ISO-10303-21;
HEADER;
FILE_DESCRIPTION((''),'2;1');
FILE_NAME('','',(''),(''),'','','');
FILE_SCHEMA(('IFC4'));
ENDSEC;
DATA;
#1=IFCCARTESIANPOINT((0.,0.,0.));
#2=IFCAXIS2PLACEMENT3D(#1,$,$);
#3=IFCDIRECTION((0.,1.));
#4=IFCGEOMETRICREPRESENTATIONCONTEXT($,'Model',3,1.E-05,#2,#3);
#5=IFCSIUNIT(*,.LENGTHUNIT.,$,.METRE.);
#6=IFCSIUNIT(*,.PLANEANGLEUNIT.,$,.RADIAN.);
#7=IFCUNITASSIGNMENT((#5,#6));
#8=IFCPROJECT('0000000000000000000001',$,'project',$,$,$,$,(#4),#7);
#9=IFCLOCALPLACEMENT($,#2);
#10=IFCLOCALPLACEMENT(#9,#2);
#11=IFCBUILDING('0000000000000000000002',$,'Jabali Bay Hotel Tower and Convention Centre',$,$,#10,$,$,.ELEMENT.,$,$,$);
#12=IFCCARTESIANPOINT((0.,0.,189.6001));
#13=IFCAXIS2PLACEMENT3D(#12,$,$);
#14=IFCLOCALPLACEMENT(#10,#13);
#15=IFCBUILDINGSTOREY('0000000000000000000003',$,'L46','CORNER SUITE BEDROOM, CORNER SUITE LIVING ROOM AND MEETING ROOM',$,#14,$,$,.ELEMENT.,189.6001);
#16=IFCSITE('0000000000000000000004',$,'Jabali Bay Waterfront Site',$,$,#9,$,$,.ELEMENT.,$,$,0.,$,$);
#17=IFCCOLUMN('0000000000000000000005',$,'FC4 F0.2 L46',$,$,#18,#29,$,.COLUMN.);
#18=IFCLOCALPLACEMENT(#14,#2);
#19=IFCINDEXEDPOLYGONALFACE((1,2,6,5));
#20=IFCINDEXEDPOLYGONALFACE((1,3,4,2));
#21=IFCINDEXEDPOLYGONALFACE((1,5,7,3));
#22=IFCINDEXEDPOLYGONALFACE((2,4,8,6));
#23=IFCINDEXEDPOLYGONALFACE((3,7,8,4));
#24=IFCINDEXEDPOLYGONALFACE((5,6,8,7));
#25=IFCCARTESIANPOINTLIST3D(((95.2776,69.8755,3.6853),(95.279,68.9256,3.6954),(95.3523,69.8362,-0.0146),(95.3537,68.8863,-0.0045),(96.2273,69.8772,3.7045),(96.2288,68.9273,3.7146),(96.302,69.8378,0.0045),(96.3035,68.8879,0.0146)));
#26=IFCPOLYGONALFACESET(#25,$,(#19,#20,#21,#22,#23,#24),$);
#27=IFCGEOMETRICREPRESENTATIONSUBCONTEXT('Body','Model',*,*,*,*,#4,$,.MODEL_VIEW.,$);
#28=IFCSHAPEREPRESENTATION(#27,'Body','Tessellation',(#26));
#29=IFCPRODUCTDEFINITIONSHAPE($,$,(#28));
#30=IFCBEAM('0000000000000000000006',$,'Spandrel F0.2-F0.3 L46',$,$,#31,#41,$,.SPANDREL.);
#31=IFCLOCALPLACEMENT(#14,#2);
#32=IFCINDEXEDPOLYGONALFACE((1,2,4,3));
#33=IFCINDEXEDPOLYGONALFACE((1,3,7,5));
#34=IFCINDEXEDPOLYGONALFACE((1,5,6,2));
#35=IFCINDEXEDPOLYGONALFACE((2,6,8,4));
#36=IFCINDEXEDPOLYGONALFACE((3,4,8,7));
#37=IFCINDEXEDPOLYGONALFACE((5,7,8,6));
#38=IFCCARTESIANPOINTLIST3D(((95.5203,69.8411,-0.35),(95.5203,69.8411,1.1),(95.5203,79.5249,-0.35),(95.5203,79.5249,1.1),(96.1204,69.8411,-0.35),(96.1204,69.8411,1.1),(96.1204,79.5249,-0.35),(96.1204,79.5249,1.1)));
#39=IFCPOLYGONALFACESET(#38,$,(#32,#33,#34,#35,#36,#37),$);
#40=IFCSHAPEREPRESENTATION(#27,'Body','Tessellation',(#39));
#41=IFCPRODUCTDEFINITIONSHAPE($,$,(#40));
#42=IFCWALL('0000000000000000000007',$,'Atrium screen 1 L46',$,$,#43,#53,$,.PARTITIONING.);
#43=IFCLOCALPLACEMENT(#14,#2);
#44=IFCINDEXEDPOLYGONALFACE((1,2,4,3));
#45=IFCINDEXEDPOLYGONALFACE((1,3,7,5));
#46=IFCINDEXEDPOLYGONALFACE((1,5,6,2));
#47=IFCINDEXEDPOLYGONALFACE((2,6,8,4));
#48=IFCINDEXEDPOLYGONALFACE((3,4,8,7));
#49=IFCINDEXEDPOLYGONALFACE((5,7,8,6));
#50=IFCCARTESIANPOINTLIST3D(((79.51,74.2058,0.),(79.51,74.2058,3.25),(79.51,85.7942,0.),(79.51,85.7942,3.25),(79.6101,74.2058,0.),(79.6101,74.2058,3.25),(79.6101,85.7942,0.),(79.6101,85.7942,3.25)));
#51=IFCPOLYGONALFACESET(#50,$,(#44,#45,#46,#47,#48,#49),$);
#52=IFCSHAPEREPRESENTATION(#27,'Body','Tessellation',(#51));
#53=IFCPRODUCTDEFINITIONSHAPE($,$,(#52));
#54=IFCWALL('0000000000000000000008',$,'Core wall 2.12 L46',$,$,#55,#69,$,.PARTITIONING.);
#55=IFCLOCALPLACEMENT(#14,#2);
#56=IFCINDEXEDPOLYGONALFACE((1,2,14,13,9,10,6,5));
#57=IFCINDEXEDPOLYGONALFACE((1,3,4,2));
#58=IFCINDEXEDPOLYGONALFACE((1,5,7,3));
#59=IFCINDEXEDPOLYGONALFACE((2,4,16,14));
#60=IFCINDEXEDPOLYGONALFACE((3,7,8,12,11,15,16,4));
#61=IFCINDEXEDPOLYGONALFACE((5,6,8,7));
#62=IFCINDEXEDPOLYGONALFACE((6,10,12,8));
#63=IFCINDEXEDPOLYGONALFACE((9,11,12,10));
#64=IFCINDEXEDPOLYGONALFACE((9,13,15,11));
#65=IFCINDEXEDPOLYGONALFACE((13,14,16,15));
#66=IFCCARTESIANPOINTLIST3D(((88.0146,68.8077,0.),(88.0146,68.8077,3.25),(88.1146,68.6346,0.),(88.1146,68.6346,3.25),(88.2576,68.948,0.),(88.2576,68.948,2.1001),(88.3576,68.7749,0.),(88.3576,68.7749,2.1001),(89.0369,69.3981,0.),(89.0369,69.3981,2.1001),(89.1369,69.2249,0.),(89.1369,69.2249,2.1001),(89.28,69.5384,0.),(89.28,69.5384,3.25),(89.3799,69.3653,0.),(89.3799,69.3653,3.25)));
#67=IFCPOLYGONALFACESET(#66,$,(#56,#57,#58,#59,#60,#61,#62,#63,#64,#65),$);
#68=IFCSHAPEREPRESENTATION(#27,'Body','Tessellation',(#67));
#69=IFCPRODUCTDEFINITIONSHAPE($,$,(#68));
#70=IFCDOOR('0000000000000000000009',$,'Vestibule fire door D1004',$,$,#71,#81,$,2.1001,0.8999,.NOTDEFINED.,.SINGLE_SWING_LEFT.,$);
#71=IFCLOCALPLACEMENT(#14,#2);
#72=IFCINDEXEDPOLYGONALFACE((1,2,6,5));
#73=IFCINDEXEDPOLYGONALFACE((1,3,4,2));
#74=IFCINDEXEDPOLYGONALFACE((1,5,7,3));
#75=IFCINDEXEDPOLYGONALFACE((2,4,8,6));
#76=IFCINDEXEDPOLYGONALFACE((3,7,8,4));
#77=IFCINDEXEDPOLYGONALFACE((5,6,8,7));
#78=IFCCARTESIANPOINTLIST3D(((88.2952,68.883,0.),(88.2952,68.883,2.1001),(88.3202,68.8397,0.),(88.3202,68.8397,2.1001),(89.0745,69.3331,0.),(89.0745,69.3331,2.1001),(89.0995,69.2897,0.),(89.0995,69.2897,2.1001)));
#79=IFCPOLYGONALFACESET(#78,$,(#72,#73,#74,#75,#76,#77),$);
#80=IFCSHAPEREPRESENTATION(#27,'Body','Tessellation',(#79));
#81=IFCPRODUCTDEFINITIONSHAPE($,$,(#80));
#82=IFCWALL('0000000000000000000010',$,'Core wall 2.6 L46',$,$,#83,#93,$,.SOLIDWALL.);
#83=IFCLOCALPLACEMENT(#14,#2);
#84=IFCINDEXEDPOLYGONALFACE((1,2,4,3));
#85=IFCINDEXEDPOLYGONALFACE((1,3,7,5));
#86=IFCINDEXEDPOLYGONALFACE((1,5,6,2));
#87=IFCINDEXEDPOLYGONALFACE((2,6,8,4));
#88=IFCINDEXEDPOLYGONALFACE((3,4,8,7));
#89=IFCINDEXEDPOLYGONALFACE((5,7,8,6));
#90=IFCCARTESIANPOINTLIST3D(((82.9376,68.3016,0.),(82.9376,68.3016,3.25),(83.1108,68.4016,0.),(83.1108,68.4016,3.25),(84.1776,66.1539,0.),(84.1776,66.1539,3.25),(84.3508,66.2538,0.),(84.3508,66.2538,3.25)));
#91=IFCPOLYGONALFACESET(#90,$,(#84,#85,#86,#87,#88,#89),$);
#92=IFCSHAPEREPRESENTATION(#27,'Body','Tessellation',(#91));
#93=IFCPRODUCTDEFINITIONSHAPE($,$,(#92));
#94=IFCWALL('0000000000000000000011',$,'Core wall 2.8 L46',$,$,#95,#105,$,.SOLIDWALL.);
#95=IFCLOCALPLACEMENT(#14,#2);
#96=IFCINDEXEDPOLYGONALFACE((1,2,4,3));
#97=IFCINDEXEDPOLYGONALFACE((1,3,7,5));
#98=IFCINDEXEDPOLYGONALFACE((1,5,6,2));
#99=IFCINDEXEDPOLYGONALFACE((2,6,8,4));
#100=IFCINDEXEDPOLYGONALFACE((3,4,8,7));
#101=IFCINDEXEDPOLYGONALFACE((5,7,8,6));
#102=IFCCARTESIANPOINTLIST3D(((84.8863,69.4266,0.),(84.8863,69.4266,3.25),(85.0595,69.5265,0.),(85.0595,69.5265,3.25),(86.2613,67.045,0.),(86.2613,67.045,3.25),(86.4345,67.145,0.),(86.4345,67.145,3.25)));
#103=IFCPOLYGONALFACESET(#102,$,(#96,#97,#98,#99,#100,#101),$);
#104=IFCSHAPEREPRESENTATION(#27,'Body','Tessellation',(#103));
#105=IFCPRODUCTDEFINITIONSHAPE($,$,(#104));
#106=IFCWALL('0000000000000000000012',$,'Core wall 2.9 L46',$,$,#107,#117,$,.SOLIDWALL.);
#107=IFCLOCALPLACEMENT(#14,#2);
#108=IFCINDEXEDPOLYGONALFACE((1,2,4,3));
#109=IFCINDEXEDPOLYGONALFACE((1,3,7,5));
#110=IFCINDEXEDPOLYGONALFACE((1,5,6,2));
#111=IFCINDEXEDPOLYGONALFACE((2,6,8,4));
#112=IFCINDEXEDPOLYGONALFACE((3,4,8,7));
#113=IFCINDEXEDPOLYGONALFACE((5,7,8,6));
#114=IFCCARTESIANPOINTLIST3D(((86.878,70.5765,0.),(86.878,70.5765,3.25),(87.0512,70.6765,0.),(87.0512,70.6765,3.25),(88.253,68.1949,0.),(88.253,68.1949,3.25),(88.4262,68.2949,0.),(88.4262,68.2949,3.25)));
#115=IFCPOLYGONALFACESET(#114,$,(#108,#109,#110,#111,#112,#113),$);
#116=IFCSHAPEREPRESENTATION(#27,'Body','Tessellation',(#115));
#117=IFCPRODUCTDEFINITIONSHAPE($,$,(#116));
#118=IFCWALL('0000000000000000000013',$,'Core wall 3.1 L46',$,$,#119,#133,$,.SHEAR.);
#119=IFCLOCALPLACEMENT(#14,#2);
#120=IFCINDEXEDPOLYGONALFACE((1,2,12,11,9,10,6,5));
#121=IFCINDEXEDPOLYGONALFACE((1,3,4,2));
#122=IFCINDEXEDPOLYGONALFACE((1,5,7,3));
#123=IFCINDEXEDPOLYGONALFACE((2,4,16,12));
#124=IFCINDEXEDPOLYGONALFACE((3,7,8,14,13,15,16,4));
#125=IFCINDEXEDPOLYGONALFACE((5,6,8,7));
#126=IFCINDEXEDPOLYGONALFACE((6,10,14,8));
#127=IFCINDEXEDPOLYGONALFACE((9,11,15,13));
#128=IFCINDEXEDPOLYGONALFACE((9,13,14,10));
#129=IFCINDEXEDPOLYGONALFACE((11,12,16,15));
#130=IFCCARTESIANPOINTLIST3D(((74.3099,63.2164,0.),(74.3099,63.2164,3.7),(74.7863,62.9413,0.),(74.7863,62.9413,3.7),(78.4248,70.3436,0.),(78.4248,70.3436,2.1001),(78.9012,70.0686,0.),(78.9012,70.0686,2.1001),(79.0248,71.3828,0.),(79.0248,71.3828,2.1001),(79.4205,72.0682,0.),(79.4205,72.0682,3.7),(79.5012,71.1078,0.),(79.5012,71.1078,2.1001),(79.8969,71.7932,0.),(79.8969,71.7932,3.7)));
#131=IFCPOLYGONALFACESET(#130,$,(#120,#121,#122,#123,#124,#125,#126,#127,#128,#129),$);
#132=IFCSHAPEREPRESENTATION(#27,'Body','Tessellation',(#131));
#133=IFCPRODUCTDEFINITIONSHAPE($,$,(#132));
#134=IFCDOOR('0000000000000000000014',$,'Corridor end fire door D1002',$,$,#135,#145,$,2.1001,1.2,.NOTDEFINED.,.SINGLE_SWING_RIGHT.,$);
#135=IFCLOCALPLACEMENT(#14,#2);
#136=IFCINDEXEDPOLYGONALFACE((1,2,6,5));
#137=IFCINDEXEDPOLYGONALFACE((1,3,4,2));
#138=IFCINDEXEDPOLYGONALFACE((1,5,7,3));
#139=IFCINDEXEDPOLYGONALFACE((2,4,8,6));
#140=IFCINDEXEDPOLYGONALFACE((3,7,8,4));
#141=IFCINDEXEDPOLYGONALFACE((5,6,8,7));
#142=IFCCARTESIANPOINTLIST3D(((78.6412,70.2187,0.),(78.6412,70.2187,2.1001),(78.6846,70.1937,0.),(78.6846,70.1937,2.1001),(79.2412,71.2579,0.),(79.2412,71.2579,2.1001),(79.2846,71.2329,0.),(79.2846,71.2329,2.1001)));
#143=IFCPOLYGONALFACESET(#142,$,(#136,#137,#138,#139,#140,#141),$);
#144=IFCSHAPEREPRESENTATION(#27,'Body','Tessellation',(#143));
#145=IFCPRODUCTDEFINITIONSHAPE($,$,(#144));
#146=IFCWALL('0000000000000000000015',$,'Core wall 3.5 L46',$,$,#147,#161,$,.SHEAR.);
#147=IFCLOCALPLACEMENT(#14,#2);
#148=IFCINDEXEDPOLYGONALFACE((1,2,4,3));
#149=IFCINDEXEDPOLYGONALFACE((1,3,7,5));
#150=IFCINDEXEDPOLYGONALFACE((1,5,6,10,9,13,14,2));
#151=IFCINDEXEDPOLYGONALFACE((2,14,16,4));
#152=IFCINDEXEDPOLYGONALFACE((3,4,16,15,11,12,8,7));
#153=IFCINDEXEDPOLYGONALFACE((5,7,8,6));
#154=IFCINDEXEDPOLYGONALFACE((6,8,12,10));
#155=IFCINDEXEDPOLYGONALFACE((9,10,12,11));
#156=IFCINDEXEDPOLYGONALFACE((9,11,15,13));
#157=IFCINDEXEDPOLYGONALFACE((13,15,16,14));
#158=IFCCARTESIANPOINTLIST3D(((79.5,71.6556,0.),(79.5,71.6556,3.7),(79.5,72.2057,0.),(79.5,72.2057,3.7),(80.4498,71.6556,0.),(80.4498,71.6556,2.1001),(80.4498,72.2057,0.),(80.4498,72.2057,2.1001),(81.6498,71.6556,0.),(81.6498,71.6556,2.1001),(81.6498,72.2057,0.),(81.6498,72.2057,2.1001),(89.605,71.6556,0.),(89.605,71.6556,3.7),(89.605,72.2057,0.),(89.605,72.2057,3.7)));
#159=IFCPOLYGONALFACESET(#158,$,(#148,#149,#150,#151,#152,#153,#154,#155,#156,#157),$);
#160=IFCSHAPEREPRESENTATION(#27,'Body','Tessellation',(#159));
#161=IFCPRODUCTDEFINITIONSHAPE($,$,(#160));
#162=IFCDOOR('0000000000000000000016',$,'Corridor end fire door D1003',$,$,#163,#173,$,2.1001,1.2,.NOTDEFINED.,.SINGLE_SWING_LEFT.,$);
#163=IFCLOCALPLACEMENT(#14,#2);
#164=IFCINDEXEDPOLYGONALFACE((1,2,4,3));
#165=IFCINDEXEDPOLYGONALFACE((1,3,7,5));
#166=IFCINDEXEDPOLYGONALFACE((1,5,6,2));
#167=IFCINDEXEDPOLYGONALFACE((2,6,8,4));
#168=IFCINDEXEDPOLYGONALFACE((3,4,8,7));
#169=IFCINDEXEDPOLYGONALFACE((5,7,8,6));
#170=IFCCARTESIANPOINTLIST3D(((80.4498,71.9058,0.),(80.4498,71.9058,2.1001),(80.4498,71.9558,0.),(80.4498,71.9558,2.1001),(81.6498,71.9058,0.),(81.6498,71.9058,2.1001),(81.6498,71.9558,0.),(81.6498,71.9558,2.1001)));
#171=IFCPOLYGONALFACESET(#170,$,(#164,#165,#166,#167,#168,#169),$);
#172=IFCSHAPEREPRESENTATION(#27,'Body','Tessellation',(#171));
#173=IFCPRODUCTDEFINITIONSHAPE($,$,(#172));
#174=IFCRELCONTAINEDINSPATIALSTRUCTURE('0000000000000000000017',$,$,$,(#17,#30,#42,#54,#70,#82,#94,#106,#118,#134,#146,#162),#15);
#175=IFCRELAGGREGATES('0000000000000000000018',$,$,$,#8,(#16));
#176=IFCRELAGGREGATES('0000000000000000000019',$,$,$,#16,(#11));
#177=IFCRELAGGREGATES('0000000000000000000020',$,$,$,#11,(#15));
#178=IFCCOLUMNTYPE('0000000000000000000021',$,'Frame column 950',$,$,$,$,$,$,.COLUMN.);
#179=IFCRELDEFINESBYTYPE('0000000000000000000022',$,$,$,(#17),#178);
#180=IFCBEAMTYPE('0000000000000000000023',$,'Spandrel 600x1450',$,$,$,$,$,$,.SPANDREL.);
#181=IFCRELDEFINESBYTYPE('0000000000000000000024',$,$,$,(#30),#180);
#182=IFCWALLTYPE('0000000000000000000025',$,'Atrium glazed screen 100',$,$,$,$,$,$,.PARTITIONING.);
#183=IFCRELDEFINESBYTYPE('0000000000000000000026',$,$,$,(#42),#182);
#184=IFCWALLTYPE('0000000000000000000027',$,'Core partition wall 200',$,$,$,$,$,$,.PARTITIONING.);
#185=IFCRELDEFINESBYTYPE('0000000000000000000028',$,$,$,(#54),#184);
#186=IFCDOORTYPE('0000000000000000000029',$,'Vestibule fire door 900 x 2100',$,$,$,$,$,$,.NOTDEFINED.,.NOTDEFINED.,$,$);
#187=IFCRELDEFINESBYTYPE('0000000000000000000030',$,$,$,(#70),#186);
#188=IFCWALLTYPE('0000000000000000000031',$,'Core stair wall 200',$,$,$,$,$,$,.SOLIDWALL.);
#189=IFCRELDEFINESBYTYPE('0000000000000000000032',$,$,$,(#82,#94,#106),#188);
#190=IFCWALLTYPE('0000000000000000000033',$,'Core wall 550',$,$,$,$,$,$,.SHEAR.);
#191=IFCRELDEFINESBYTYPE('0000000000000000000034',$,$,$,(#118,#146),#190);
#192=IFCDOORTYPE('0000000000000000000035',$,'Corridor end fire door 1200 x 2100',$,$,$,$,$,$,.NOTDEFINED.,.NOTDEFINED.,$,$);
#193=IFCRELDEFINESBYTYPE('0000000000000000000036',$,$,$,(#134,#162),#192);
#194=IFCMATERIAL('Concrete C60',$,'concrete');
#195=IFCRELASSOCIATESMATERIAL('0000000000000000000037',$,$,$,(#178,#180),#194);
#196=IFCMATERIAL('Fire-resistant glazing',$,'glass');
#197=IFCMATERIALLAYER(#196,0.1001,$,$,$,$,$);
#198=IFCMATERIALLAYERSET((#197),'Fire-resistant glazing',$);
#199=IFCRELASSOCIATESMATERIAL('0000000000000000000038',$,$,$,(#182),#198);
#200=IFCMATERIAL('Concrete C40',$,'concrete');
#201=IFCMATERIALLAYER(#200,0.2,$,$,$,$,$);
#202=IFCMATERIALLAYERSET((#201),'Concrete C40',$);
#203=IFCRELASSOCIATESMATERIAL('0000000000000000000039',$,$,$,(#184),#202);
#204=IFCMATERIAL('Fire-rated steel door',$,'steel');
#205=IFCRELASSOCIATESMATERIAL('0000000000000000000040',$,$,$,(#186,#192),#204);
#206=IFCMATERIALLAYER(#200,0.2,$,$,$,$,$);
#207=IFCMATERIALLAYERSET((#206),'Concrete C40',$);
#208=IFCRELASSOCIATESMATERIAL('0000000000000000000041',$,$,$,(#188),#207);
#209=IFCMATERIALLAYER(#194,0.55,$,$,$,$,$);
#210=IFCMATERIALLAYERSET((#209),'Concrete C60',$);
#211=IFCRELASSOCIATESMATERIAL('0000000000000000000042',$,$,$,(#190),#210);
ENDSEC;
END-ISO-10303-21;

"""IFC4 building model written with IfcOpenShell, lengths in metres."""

from ifc_helpers import new_model, si_unit, direction, frame, frame_2d, origin, origin_2d, place, context, subcontext, project, spatial, rectangle, extrude, material, layer, layer_set, material_profile, profile_set, type_object, element, fill, save


model = new_model("IFC4")

# Units and contexts
model_context = context("Model", 3, precision=1e-05, world=origin(), true_north=direction((0.0, 1.0)))
body_context = subcontext(model_context, "Body", "Model", "MODEL_VIEW")
ifc_project = project(units=[si_unit("LENGTHUNIT", "METRE"), si_unit("PLANEANGLEUNIT", "RADIAN")], contexts=[model_context])

# Site, building, storey
site_placement = place(None, origin())
site = spatial("IfcSite", under=ifc_project, at=site_placement, Name="Jabali Bay Waterfront Site", CompositionType="ELEMENT", RefElevation=0.0)
building_placement = place(site_placement, origin())
building = spatial("IfcBuilding", under=site, at=building_placement, Name="Jabali Bay Hotel Tower and Convention Centre", CompositionType="ELEMENT")
storey_placement = place(building_placement, frame((0.0, 0.0, 189.6001)))
storey = spatial("IfcBuildingStorey", under=building, at=storey_placement, Name="L46", Description="CORNER SUITE BEDROOM, CORNER SUITE LIVING ROOM AND MEETING ROOM", CompositionType="ELEMENT", Elevation=189.6001)

# Column
ifc_material_1 = material(Name="Concrete C60", Category="concrete")
ifc_material_profile_1 = material_profile(ifc_material_1, rectangle(XDim=0.95, YDim=0.95, at=origin_2d()), Name="Frame column 950")
ifc_profile_set_1 = profile_set([ifc_material_profile_1], Name="Concrete C60")
column_type = type_object("IfcColumnType", Name="Frame column 950", PredefinedType="COLUMN", material=ifc_profile_set_1)
column_placement = place(storey_placement, frame((95.8279, 69.3621, 0.0), z_axis=(-0.020186, 0.010621, 0.99974), x_axis=(0.001543, -0.999942, 0.010654)))
element("IfcColumn", 1, at=column_placement, inside=storey, type_object=column_type, Name="FC4 F0.2 L46", PredefinedType="COLUMN", context=body_context, shape_type="SweptSolid", body=[
    extrude(rectangle(XDim=0.95, YDim=0.95, at=origin_2d()), origin(), (0.0, 0.0, 1.0), 3.7009),
])

# Beam
ifc_material_profile_2 = material_profile(ifc_material_1, rectangle(XDim=0.6001, YDim=1.45, at=origin_2d()), Name="Spandrel 600x1450")
ifc_profile_set_2 = profile_set([ifc_material_profile_2], Name="Concrete C60")
beam_type = type_object("IfcBeamType", Name="Spandrel 600x1450", PredefinedType="SPANDREL", material=ifc_profile_set_2)
beam_placement = place(storey_placement, frame((95.8203, 69.8411, 0.375), z_axis=(0.0, 1.0, 0.0), x_axis=(-1.0, 0.0, 0.0)))
element("IfcBeam", 2, at=beam_placement, inside=storey, type_object=beam_type, Name="Spandrel F0.2-F0.3 L46", PredefinedType="SPANDREL", context=body_context, shape_type="SweptSolid", body=[
    extrude(rectangle(XDim=0.6001, YDim=1.45, at=origin_2d()), origin(), (0.0, 0.0, 1.0), 9.6838),
])

# Wall
ifc_material_2 = material(Name="Fire-resistant glazing", Category="glass")
ifc_layer_1 = layer(ifc_material_2, 0.1001)
ifc_layer_set_1 = layer_set([ifc_layer_1], Name="Fire-resistant glazing")
wall_type_1 = type_object("IfcWallType", Name="Atrium glazed screen 100", PredefinedType="PARTITIONING", material=ifc_layer_set_1)
wall_1_placement = place(storey_placement, frame((79.5601, 74.2058, 0.0), z_axis=(0.0, 0.0, 1.0), x_axis=(0.0, 1.0, 0.0)))
element("IfcWall", 3, at=wall_1_placement, inside=storey, type_object=wall_type_1, Name="Atrium screen 1 L46", PredefinedType="PARTITIONING", context=body_context, shape_type="SweptSolid", body=[
    extrude(rectangle(XDim=11.5884, YDim=0.1001, at=frame_2d((5.7942, 0.0))), origin(), (0.0, 0.0, 1.0), 3.25),
])

# Wall, opening, door
ifc_material_3 = material(Name="Concrete C40", Category="concrete")
ifc_layer_2 = layer(ifc_material_3, 0.2)
ifc_layer_set_2 = layer_set([ifc_layer_2], Name="Concrete C40")
wall_type_2 = type_object("IfcWallType", Name="Core partition wall 200", PredefinedType="PARTITIONING", material=ifc_layer_set_2)
wall_2_placement = place(storey_placement, frame((88.0647, 68.7212, 0.0), z_axis=(0.0, 0.0, 1.0), x_axis=(0.865982, 0.500074, 0.0)))
wall_2 = element("IfcWall", 4, at=wall_2_placement, inside=storey, type_object=wall_type_2, Name="Core wall 2.12 L46", PredefinedType="PARTITIONING", context=body_context, shape_type="SweptSolid", body=[
    extrude(rectangle(XDim=1.4612, YDim=0.2, at=frame_2d((0.7305, 0.0))), origin(), (0.0, 0.0, 1.0), 3.25),
])
opening_1_placement = place(wall_2_placement, frame((0.2805, 0.0, 0.0)))
opening_1 = element("IfcOpeningElement", 5, at=opening_1_placement, cuts=wall_2, PredefinedType="OPENING", context=body_context, shape_type="SweptSolid", body=[
    extrude(rectangle(XDim=0.8999, YDim=2.1001, at=frame_2d((0.45, 1.05))), frame((0.0, 0.1104, 0.0), z_axis=(0.0, -1.0, 0.0), x_axis=(1.0, 0.0, 0.0)), (0.0, 0.0, 1.0), 0.2209),
])
ifc_material_4 = material(Name="Fire-rated steel door", Category="steel")
door_type_1 = type_object("IfcDoorType", Name="Vestibule fire door 900 x 2100", OperationType="NOTDEFINED", PredefinedType="NOTDEFINED", material=ifc_material_4)
door_1_placement = place(opening_1_placement, origin())
door_1 = element("IfcDoor", 6, at=door_1_placement, inside=storey, type_object=door_type_1, Name="Vestibule fire door D1004", OperationType="SINGLE_SWING_LEFT", OverallHeight=2.1001, OverallWidth=0.8999, PredefinedType="NOTDEFINED", context=body_context, shape_type="SweptSolid", body=[
    extrude(rectangle(XDim=0.8999, YDim=2.1001, at=frame_2d((0.45, 1.05))), frame((0.0, 0.0249, 0.0), z_axis=(0.0, -1.0, 0.0), x_axis=(1.0, 0.0, 0.0)), (0.0, 0.0, 1.0), 0.05),
])
fill(opening_1, door_1)

# Walls
ifc_layer_3 = layer(ifc_material_3, 0.2)
ifc_layer_set_3 = layer_set([ifc_layer_3], Name="Concrete C40")
wall_type_3 = type_object("IfcWallType", Name="Core stair wall 200", PredefinedType="SOLIDWALL", material=ifc_layer_set_3)
wall_3_placement = place(storey_placement, frame((83.0242, 68.3516, 0.0), z_axis=(0.0, 0.0, 1.0), x_axis=(0.500004, -0.866023, 0.0)))
element("IfcWall", 7, at=wall_3_placement, inside=storey, type_object=wall_type_3, Name="Core wall 2.6 L46", PredefinedType="SOLIDWALL", context=body_context, shape_type="SweptSolid", body=[
    extrude(rectangle(XDim=2.48, YDim=0.2, at=frame_2d((1.24, 0.0))), origin(), (0.0, 0.0, 1.0), 3.25),
])
for number, where, z_axis, x_axis, name in (
    (8, (84.9729, 69.4766, 0.0), (0.0, 0.0, 1.0), (0.499997, -0.866027, 0.0), "Core wall 2.8 L46"),
    (9, (86.9646, 70.6265, 0.0), (0.0, 0.0, 1.0), (0.499997, -0.866027, 0.0), "Core wall 2.9 L46"),
):
    element("IfcWall", number, at=place(storey_placement, frame(where, z_axis=z_axis, x_axis=x_axis)), inside=storey, type_object=wall_type_3, Name=name, PredefinedType="SOLIDWALL", context=body_context, shape_type="SweptSolid", body=[
        extrude(rectangle(XDim=2.75, YDim=0.2, at=frame_2d((1.375, 0.0))), origin(), (0.0, 0.0, 1.0), 3.25),
    ])

# Walls, openings, doors
ifc_layer_4 = layer(ifc_material_1, 0.55)
ifc_layer_set_4 = layer_set([ifc_layer_4], Name="Concrete C60")
wall_type_4 = type_object("IfcWallType", Name="Core wall 550", PredefinedType="SHEAR", material=ifc_layer_set_4)
wall_4_placement = place(storey_placement, frame((79.6587, 71.9307, 0.0), z_axis=(0.0, 0.0, 1.0), x_axis=(-0.5, -0.866025, 0.0)))
wall_4 = element("IfcWall", 10, at=wall_4_placement, inside=storey, type_object=wall_type_4, Name="Core wall 3.1 L46", PredefinedType="SHEAR", context=body_context, shape_type="SweptSolid", body=[
    extrude(rectangle(XDim=10.2212, YDim=0.55, at=frame_2d((5.1106, 0.0))), origin(), (0.0, 0.0, 1.0), 3.7),
])
opening_2_placement = place(wall_4_placement, frame((0.7913, 0.0, 0.0)))
opening_2 = element("IfcOpeningElement", 11, at=opening_2_placement, cuts=wall_4, PredefinedType="OPENING", context=body_context, shape_type="SweptSolid", body=[
    extrude(rectangle(XDim=1.2, YDim=2.1001, at=frame_2d((0.6001, 1.05))), frame((0.0, 0.2856, 0.0), z_axis=(0.0, -1.0, 0.0), x_axis=(1.0, 0.0, 0.0)), (0.0, 0.0, 1.0), 0.571),
])
door_type_2 = type_object("IfcDoorType", Name="Corridor end fire door 1200 x 2100", OperationType="NOTDEFINED", PredefinedType="NOTDEFINED", material=ifc_material_4)
door_2_placement = place(opening_2_placement, origin())
door_2 = element("IfcDoor", 12, at=door_2_placement, inside=storey, type_object=door_type_2, Name="Corridor end fire door D1002", OperationType="SINGLE_SWING_RIGHT", OverallHeight=2.1001, OverallWidth=1.2, PredefinedType="NOTDEFINED", context=body_context, shape_type="SweptSolid", body=[
    extrude(rectangle(XDim=1.2, YDim=2.1001, at=frame_2d((0.6001, 1.05))), frame((0.0, 0.0249, 0.0), z_axis=(0.0, -1.0, 0.0), x_axis=(1.0, 0.0, 0.0)), (0.0, 0.0, 1.0), 0.05),
])
fill(opening_2, door_2)
wall_5_placement = place(storey_placement, frame((89.605, 71.9307, 0.0), z_axis=(0.0, 0.0, 1.0), x_axis=(-1.0, 0.0, 0.0)))
wall_5 = element("IfcWall", 13, at=wall_5_placement, inside=storey, type_object=wall_type_4, Name="Core wall 3.5 L46", PredefinedType="SHEAR", context=body_context, shape_type="SweptSolid", body=[
    extrude(rectangle(XDim=10.105, YDim=0.55, at=frame_2d((5.0525, 0.0))), origin(), (0.0, 0.0, 1.0), 3.7),
])
opening_3_placement = place(wall_5_placement, frame((7.9551, 0.0, 0.0)))
opening_3 = element("IfcOpeningElement", 14, at=opening_3_placement, cuts=wall_5, PredefinedType="OPENING", context=body_context, shape_type="SweptSolid", body=[
    extrude(rectangle(XDim=1.2, YDim=2.1001, at=frame_2d((0.6001, 1.05))), frame((0.0, 0.2856, 0.0), z_axis=(0.0, -1.0, 0.0), x_axis=(1.0, 0.0, 0.0)), (0.0, 0.0, 1.0), 0.571),
])
door_3_placement = place(opening_3_placement, origin())
door_3 = element("IfcDoor", 15, at=door_3_placement, inside=storey, type_object=door_type_2, Name="Corridor end fire door D1003", OperationType="SINGLE_SWING_LEFT", OverallHeight=2.1001, OverallWidth=1.2, PredefinedType="NOTDEFINED", context=body_context, shape_type="SweptSolid", body=[
    extrude(rectangle(XDim=1.2, YDim=2.1001, at=frame_2d((0.6001, 1.05))), frame((0.0, 0.0249, 0.0), z_axis=(0.0, -1.0, 0.0), x_axis=(1.0, 0.0, 0.0)), (0.0, 0.0, 1.0), 0.05),
])
fill(opening_3, door_3)

save(model, "model.ifc")
